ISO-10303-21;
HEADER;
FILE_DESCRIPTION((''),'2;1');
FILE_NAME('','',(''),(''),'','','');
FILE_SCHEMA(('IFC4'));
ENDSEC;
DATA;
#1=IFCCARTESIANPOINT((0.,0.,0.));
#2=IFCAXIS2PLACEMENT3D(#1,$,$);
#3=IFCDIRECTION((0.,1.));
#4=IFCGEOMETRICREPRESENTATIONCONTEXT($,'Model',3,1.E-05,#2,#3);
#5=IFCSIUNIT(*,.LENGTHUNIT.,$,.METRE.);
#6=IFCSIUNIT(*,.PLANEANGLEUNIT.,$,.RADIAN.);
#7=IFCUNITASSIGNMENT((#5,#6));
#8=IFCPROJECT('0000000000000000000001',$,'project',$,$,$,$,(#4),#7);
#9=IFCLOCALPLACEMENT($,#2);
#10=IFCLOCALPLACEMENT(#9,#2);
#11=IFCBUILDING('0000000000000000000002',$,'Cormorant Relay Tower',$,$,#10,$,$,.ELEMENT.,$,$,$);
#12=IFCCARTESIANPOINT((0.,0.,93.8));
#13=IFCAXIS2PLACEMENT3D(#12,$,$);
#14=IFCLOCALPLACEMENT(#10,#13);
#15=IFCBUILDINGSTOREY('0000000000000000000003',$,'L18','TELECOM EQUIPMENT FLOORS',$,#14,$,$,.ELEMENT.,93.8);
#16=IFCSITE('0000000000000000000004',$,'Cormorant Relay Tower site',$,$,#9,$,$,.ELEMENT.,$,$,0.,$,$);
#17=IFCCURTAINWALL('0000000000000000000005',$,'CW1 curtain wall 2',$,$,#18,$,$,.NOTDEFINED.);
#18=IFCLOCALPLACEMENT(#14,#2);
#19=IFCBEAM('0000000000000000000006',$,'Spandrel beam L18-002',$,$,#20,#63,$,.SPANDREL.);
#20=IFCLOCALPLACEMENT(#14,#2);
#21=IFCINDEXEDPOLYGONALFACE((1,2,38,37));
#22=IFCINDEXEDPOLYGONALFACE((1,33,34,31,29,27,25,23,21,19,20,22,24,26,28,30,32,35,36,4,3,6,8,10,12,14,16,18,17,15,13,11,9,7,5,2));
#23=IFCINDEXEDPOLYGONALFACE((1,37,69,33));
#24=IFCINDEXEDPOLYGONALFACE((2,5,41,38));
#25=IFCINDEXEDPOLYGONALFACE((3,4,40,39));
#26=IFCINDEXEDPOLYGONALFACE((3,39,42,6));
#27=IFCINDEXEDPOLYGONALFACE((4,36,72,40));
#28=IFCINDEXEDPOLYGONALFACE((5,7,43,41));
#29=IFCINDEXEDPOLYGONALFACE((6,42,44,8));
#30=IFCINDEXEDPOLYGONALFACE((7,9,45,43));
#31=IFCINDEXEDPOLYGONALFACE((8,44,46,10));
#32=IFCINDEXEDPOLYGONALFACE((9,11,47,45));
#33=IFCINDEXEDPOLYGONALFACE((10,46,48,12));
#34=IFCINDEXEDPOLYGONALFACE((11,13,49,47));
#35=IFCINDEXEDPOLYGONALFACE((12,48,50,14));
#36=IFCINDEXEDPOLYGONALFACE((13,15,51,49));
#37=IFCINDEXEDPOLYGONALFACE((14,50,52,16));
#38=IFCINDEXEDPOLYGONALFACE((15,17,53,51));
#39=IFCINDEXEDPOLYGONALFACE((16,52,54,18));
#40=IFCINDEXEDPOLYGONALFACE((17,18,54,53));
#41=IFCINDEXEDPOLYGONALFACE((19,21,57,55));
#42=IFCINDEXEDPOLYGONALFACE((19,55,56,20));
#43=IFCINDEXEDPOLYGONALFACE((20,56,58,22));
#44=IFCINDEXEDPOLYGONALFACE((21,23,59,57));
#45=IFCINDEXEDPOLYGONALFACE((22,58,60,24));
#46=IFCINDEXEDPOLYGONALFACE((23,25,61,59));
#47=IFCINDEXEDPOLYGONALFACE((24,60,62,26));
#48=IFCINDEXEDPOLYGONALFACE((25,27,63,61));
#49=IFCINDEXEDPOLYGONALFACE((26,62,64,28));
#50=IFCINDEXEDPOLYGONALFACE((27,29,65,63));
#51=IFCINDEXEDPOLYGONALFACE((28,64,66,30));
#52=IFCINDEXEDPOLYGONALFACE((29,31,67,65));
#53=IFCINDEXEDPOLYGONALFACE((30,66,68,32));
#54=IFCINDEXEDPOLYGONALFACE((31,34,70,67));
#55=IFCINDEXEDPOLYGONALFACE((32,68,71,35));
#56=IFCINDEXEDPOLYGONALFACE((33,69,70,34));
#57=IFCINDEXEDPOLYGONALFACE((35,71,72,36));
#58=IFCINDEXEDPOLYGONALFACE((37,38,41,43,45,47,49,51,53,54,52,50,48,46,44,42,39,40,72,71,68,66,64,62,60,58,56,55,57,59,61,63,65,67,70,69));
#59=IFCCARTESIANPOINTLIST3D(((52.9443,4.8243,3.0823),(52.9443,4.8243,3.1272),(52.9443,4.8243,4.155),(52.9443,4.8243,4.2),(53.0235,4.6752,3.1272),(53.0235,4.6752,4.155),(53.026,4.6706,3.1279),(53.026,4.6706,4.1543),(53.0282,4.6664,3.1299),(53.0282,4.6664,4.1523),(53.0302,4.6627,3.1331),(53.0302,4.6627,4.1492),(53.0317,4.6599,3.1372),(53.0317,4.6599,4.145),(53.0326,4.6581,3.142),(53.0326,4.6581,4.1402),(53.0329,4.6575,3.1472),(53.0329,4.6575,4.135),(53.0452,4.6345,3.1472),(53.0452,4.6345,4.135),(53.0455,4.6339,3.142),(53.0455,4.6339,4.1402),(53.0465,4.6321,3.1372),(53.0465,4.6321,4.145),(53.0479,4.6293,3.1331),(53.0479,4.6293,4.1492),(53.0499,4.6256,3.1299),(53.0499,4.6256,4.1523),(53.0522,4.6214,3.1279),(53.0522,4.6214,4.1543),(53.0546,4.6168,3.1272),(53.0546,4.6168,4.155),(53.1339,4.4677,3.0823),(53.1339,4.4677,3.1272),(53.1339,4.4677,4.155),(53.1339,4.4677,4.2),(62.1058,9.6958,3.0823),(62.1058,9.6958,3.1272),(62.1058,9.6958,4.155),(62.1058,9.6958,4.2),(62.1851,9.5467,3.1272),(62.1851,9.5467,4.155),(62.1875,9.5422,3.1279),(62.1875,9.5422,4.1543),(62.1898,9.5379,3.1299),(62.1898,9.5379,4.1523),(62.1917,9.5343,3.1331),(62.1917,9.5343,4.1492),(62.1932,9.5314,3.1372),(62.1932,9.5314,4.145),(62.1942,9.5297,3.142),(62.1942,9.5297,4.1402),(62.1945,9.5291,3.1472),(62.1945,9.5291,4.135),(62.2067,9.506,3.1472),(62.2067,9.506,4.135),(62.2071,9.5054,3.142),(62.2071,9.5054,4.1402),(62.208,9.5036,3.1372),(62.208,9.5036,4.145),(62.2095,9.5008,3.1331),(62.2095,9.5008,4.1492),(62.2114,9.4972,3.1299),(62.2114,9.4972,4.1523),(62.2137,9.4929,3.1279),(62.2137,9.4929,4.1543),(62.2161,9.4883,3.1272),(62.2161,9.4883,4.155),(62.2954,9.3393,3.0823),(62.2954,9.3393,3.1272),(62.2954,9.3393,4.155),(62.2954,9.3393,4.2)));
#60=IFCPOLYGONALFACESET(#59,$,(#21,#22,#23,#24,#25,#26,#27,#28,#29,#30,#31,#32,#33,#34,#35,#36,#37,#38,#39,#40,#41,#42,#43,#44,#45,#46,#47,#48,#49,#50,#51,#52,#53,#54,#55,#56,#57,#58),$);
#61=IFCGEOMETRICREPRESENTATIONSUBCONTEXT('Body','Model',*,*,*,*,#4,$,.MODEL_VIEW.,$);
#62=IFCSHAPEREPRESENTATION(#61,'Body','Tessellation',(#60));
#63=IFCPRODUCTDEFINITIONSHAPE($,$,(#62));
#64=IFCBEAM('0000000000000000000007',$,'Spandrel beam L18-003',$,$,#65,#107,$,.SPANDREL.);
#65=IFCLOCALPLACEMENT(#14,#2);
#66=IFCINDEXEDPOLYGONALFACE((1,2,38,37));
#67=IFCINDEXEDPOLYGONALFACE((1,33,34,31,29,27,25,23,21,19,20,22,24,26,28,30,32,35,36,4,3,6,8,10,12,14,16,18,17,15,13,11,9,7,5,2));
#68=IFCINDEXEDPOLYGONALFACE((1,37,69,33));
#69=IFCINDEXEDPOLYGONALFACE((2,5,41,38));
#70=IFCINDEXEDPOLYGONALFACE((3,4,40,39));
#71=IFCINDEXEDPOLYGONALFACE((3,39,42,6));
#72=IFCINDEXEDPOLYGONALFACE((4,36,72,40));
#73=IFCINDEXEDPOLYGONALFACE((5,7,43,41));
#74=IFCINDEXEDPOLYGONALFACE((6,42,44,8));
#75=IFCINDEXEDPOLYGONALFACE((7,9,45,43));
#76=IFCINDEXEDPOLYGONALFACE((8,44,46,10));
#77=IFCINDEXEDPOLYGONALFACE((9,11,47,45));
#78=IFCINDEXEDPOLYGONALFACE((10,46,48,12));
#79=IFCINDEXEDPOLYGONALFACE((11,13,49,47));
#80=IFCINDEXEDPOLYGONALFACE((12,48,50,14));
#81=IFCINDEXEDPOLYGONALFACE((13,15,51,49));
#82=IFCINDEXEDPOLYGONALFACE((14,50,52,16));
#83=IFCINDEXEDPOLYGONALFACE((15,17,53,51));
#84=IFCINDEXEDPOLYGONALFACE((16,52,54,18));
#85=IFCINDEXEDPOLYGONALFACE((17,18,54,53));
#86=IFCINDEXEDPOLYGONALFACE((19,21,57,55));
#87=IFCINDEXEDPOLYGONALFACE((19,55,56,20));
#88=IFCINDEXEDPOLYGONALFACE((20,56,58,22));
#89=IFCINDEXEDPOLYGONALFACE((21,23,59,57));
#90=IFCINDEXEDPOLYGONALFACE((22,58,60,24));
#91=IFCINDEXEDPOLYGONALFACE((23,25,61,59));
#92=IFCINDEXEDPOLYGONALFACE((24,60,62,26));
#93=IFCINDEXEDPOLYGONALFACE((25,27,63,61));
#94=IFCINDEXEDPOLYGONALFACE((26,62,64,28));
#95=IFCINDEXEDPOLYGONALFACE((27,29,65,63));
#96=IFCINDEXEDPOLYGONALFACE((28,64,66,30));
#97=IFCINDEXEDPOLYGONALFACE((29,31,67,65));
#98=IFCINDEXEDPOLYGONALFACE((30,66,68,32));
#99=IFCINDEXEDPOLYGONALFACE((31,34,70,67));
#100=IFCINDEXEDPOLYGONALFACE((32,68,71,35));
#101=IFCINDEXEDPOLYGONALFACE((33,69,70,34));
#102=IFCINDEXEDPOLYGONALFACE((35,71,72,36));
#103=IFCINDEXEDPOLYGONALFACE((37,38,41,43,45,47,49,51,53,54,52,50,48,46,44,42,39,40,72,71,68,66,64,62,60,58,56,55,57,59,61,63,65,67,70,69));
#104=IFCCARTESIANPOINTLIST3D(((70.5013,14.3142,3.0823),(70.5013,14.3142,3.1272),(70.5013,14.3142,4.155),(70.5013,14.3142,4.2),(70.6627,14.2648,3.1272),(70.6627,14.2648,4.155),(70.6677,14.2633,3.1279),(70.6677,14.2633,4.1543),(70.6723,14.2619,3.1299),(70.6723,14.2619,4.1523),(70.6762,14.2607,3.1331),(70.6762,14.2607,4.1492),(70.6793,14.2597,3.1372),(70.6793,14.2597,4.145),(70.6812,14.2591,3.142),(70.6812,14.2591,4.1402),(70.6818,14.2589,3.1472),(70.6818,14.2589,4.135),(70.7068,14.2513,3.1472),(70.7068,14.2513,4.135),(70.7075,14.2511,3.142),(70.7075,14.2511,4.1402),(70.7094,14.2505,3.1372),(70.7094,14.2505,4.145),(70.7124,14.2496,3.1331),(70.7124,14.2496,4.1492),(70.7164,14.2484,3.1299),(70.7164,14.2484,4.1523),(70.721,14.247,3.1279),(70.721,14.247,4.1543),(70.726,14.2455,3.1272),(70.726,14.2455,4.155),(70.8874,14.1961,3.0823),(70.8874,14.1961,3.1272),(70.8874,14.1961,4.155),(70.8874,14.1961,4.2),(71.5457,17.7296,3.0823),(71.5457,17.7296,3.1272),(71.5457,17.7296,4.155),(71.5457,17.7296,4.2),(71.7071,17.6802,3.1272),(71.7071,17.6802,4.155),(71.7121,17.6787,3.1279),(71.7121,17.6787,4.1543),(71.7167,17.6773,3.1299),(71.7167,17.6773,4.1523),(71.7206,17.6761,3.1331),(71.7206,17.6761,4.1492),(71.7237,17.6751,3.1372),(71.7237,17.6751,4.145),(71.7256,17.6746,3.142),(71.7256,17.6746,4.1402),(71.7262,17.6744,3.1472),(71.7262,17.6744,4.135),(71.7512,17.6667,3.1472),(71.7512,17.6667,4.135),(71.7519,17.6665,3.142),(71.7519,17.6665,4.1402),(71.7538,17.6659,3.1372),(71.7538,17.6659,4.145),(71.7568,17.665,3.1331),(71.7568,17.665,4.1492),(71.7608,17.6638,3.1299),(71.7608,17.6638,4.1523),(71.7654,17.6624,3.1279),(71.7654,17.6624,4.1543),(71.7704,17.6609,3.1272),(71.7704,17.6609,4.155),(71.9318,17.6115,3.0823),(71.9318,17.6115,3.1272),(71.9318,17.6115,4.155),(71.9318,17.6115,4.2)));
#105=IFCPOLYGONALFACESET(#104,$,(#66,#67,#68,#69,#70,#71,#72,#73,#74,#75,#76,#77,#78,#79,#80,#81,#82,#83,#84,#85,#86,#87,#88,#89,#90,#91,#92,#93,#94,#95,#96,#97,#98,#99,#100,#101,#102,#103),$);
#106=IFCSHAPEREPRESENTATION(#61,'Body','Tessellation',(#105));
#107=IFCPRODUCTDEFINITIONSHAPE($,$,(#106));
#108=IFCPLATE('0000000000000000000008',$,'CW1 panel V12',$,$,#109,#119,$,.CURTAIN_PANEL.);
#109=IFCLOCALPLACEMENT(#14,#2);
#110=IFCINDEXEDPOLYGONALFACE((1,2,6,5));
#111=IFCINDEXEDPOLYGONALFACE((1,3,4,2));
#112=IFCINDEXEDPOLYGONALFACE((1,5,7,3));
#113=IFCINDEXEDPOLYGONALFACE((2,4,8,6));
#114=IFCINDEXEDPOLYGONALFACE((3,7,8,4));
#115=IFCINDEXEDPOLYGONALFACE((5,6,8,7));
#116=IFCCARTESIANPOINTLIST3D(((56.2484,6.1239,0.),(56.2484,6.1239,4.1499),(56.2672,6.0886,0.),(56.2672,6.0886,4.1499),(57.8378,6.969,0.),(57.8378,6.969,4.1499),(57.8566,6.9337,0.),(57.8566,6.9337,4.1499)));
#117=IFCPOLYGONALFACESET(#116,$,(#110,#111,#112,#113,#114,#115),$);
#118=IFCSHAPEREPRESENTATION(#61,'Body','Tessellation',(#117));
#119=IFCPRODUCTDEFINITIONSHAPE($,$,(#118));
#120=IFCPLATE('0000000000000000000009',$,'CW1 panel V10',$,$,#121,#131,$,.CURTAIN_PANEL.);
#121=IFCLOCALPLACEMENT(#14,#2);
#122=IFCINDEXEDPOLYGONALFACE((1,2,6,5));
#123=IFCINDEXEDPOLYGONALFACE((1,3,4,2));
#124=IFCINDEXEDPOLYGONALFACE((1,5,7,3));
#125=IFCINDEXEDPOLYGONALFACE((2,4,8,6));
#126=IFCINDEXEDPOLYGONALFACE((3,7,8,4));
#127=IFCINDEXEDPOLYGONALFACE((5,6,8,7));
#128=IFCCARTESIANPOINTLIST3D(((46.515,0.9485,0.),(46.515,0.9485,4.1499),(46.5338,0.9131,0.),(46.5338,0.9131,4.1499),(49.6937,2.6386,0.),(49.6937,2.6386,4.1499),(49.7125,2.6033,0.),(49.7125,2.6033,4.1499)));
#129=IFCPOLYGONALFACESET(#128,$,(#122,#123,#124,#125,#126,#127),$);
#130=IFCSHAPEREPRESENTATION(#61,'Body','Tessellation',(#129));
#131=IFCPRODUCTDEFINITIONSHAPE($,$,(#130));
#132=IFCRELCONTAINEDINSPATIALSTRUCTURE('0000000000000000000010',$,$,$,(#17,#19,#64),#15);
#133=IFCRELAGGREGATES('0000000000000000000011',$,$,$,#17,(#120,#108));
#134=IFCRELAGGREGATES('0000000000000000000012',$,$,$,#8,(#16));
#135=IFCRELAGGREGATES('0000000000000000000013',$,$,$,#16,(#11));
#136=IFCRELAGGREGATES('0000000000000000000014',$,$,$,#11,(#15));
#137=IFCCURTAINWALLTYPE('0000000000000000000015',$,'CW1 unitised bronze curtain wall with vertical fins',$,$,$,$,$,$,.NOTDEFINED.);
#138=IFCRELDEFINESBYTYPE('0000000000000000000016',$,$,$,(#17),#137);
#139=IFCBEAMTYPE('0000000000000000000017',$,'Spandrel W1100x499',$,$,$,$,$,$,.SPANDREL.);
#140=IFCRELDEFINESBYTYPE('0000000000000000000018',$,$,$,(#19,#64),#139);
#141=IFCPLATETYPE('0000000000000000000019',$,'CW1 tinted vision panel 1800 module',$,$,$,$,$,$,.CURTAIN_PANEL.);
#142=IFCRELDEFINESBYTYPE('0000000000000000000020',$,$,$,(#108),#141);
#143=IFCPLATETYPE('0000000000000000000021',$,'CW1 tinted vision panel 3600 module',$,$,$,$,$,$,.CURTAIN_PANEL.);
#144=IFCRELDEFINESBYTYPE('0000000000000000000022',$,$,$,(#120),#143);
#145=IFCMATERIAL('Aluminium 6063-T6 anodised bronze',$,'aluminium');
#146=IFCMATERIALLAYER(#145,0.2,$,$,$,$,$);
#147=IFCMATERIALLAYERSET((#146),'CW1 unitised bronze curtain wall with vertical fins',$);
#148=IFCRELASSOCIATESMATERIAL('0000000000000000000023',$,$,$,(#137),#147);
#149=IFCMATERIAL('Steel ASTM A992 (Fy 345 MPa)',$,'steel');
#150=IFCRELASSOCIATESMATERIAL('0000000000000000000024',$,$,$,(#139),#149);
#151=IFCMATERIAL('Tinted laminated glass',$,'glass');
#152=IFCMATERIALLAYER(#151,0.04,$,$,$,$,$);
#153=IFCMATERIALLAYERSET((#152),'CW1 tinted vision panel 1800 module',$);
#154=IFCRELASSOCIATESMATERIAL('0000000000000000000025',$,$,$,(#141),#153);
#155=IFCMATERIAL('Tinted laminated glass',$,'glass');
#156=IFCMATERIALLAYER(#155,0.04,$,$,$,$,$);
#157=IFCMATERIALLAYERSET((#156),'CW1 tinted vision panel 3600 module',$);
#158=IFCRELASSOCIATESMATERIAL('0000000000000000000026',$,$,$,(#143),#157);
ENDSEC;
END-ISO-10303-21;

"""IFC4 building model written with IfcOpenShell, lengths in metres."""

from ifc_helpers import new_model, si_unit, direction, frame, origin, origin_2d, place, context, subcontext, project, spatial, rectangle, i_section, extrude, material, layer, layer_set, material_profile, profile_set, type_object, element, aggregate, save


model = new_model("IFC4")

# Units and contexts
model_context = context("Model", 3, precision=1e-05, world=origin(), true_north=direction((0.0, 1.0)))
body_context = subcontext(model_context, "Body", "Model", "MODEL_VIEW")
ifc_project = project(units=[si_unit("LENGTHUNIT", "METRE"), si_unit("PLANEANGLEUNIT", "RADIAN")], contexts=[model_context])

# Site, building, storey
site_placement = place(None, origin())
site = spatial("IfcSite", under=ifc_project, at=site_placement, Name="Cormorant Relay Tower site", CompositionType="ELEMENT", RefElevation=0.0)
building_placement = place(site_placement, origin())
building = spatial("IfcBuilding", under=site, at=building_placement, Name="Cormorant Relay Tower", CompositionType="ELEMENT")
storey_placement = place(building_placement, frame((0.0, 0.0, 93.8)))
storey = spatial("IfcBuildingStorey", under=building, at=storey_placement, Name="L18", Description="TELECOM EQUIPMENT FLOORS", CompositionType="ELEMENT", Elevation=93.8)

# Curtain wall
ifc_material_1 = material(Name="Aluminium 6063-T6 anodised bronze", Category="aluminium")
ifc_layer_1 = layer(ifc_material_1, 0.2)
ifc_layer_set_1 = layer_set([ifc_layer_1], Name="CW1 unitised bronze curtain wall with vertical fins")
curtain_wall_type = type_object("IfcCurtainWallType", Name="CW1 unitised bronze curtain wall with vertical fins", PredefinedType="NOTDEFINED", material=ifc_layer_set_1)
curtain_wall_1_placement = place(storey_placement, origin())
curtain_wall_1 = element("IfcCurtainWall", 1, at=curtain_wall_1_placement, inside=storey, type_object=curtain_wall_type, Name="CW1 curtain wall 2", PredefinedType="NOTDEFINED")

# Beams
ifc_material_2 = material(Name="Steel ASTM A992 (Fy 345 MPa)", Category="steel")
ifc_material_profile_1 = material_profile(ifc_material_2, i_section(OverallWidth=0.4038, OverallDepth=1.1177, WebThickness=0.0261, FlangeThickness=0.0449, FilletRadius=0.02, at=origin_2d()), Name="W1100x499")
ifc_profile_set_1 = profile_set([ifc_material_profile_1], Name="Steel ASTM A992 (Fy 345 MPa)")
beam_type = type_object("IfcBeamType", Name="Spandrel W1100x499", PredefinedType="SPANDREL", material=ifc_profile_set_1)
beam_1_placement = place(storey_placement, frame((53.0391, 4.646, 3.6411), z_axis=(0.882937, 0.469491, 0.0), x_axis=(-0.469491, 0.882937, 0.0)))
element("IfcBeam", 2, at=beam_1_placement, inside=storey, type_object=beam_type, Name="Spandrel beam L18-002", PredefinedType="SPANDREL", context=body_context, shape_type="SweptSolid", body=[
    extrude(i_section(OverallWidth=0.4038, OverallDepth=1.1177, WebThickness=0.0261, FlangeThickness=0.0449, FilletRadius=0.02, at=origin_2d()), origin(), (0.0, 0.0, 1.0), 10.3762),
])
beam_2_placement = place(storey_placement, frame((70.6943, 14.2551, 3.6411), z_axis=(0.292423, 0.956289, 0.0), x_axis=(-0.956289, 0.292423, 0.0)))
element("IfcBeam", 3, at=beam_2_placement, inside=storey, type_object=beam_type, Name="Spandrel beam L18-003", PredefinedType="SPANDREL", context=body_context, shape_type="SweptSolid", body=[
    extrude(i_section(OverallWidth=0.4038, OverallDepth=1.1177, WebThickness=0.0261, FlangeThickness=0.0449, FilletRadius=0.02, at=origin_2d()), origin(), (0.0, 0.0, 1.0), 3.5715),
])

# Plates
ifc_material_3 = material(Name="Tinted laminated glass", Category="glass")
ifc_layer_2 = layer(ifc_material_3, 0.04)
ifc_layer_set_2 = layer_set([ifc_layer_2], Name="CW1 tinted vision panel 1800 module")
plate_type_1 = type_object("IfcPlateType", Name="CW1 tinted vision panel 1800 module", PredefinedType="CURTAIN_PANEL", material=ifc_layer_set_2)
plate_1_placement = place(storey_placement, frame((57.0525, 6.5288, 0.0), z_axis=(0.0, 0.0, 1.0), x_axis=(0.882948, 0.469472, 0.0)))
plate_1 = element("IfcPlate", 4, at=plate_1_placement, type_object=plate_type_1, Name="CW1 panel V12", PredefinedType="CURTAIN_PANEL", context=body_context, shape_type="SweptSolid", body=[
    extrude(rectangle(XDim=1.8, YDim=0.04, at=origin_2d()), origin(), (0.0, 0.0, 1.0), 4.1499),
])
ifc_material_4 = material(Name="Tinted laminated glass", Category="glass")
ifc_layer_3 = layer(ifc_material_4, 0.04)
ifc_layer_set_3 = layer_set([ifc_layer_3], Name="CW1 tinted vision panel 3600 module")
plate_type_2 = type_object("IfcPlateType", Name="CW1 tinted vision panel 3600 module", PredefinedType="CURTAIN_PANEL", material=ifc_layer_set_3)
plate_2_placement = place(storey_placement, frame((48.1138, 1.7759, 0.0), z_axis=(0.0, 0.0, 1.0), x_axis=(0.882948, 0.469472, 0.0)))
plate_2 = element("IfcPlate", 5, at=plate_2_placement, type_object=plate_type_2, Name="CW1 panel V10", PredefinedType="CURTAIN_PANEL", context=body_context, shape_type="SweptSolid", body=[
    extrude(rectangle(XDim=3.6001, YDim=0.04, at=origin_2d()), origin(), (0.0, 0.0, 1.0), 4.1499),
])

aggregate(curtain_wall_1, [plate_2, plate_1])

save(model, "model.ifc")
